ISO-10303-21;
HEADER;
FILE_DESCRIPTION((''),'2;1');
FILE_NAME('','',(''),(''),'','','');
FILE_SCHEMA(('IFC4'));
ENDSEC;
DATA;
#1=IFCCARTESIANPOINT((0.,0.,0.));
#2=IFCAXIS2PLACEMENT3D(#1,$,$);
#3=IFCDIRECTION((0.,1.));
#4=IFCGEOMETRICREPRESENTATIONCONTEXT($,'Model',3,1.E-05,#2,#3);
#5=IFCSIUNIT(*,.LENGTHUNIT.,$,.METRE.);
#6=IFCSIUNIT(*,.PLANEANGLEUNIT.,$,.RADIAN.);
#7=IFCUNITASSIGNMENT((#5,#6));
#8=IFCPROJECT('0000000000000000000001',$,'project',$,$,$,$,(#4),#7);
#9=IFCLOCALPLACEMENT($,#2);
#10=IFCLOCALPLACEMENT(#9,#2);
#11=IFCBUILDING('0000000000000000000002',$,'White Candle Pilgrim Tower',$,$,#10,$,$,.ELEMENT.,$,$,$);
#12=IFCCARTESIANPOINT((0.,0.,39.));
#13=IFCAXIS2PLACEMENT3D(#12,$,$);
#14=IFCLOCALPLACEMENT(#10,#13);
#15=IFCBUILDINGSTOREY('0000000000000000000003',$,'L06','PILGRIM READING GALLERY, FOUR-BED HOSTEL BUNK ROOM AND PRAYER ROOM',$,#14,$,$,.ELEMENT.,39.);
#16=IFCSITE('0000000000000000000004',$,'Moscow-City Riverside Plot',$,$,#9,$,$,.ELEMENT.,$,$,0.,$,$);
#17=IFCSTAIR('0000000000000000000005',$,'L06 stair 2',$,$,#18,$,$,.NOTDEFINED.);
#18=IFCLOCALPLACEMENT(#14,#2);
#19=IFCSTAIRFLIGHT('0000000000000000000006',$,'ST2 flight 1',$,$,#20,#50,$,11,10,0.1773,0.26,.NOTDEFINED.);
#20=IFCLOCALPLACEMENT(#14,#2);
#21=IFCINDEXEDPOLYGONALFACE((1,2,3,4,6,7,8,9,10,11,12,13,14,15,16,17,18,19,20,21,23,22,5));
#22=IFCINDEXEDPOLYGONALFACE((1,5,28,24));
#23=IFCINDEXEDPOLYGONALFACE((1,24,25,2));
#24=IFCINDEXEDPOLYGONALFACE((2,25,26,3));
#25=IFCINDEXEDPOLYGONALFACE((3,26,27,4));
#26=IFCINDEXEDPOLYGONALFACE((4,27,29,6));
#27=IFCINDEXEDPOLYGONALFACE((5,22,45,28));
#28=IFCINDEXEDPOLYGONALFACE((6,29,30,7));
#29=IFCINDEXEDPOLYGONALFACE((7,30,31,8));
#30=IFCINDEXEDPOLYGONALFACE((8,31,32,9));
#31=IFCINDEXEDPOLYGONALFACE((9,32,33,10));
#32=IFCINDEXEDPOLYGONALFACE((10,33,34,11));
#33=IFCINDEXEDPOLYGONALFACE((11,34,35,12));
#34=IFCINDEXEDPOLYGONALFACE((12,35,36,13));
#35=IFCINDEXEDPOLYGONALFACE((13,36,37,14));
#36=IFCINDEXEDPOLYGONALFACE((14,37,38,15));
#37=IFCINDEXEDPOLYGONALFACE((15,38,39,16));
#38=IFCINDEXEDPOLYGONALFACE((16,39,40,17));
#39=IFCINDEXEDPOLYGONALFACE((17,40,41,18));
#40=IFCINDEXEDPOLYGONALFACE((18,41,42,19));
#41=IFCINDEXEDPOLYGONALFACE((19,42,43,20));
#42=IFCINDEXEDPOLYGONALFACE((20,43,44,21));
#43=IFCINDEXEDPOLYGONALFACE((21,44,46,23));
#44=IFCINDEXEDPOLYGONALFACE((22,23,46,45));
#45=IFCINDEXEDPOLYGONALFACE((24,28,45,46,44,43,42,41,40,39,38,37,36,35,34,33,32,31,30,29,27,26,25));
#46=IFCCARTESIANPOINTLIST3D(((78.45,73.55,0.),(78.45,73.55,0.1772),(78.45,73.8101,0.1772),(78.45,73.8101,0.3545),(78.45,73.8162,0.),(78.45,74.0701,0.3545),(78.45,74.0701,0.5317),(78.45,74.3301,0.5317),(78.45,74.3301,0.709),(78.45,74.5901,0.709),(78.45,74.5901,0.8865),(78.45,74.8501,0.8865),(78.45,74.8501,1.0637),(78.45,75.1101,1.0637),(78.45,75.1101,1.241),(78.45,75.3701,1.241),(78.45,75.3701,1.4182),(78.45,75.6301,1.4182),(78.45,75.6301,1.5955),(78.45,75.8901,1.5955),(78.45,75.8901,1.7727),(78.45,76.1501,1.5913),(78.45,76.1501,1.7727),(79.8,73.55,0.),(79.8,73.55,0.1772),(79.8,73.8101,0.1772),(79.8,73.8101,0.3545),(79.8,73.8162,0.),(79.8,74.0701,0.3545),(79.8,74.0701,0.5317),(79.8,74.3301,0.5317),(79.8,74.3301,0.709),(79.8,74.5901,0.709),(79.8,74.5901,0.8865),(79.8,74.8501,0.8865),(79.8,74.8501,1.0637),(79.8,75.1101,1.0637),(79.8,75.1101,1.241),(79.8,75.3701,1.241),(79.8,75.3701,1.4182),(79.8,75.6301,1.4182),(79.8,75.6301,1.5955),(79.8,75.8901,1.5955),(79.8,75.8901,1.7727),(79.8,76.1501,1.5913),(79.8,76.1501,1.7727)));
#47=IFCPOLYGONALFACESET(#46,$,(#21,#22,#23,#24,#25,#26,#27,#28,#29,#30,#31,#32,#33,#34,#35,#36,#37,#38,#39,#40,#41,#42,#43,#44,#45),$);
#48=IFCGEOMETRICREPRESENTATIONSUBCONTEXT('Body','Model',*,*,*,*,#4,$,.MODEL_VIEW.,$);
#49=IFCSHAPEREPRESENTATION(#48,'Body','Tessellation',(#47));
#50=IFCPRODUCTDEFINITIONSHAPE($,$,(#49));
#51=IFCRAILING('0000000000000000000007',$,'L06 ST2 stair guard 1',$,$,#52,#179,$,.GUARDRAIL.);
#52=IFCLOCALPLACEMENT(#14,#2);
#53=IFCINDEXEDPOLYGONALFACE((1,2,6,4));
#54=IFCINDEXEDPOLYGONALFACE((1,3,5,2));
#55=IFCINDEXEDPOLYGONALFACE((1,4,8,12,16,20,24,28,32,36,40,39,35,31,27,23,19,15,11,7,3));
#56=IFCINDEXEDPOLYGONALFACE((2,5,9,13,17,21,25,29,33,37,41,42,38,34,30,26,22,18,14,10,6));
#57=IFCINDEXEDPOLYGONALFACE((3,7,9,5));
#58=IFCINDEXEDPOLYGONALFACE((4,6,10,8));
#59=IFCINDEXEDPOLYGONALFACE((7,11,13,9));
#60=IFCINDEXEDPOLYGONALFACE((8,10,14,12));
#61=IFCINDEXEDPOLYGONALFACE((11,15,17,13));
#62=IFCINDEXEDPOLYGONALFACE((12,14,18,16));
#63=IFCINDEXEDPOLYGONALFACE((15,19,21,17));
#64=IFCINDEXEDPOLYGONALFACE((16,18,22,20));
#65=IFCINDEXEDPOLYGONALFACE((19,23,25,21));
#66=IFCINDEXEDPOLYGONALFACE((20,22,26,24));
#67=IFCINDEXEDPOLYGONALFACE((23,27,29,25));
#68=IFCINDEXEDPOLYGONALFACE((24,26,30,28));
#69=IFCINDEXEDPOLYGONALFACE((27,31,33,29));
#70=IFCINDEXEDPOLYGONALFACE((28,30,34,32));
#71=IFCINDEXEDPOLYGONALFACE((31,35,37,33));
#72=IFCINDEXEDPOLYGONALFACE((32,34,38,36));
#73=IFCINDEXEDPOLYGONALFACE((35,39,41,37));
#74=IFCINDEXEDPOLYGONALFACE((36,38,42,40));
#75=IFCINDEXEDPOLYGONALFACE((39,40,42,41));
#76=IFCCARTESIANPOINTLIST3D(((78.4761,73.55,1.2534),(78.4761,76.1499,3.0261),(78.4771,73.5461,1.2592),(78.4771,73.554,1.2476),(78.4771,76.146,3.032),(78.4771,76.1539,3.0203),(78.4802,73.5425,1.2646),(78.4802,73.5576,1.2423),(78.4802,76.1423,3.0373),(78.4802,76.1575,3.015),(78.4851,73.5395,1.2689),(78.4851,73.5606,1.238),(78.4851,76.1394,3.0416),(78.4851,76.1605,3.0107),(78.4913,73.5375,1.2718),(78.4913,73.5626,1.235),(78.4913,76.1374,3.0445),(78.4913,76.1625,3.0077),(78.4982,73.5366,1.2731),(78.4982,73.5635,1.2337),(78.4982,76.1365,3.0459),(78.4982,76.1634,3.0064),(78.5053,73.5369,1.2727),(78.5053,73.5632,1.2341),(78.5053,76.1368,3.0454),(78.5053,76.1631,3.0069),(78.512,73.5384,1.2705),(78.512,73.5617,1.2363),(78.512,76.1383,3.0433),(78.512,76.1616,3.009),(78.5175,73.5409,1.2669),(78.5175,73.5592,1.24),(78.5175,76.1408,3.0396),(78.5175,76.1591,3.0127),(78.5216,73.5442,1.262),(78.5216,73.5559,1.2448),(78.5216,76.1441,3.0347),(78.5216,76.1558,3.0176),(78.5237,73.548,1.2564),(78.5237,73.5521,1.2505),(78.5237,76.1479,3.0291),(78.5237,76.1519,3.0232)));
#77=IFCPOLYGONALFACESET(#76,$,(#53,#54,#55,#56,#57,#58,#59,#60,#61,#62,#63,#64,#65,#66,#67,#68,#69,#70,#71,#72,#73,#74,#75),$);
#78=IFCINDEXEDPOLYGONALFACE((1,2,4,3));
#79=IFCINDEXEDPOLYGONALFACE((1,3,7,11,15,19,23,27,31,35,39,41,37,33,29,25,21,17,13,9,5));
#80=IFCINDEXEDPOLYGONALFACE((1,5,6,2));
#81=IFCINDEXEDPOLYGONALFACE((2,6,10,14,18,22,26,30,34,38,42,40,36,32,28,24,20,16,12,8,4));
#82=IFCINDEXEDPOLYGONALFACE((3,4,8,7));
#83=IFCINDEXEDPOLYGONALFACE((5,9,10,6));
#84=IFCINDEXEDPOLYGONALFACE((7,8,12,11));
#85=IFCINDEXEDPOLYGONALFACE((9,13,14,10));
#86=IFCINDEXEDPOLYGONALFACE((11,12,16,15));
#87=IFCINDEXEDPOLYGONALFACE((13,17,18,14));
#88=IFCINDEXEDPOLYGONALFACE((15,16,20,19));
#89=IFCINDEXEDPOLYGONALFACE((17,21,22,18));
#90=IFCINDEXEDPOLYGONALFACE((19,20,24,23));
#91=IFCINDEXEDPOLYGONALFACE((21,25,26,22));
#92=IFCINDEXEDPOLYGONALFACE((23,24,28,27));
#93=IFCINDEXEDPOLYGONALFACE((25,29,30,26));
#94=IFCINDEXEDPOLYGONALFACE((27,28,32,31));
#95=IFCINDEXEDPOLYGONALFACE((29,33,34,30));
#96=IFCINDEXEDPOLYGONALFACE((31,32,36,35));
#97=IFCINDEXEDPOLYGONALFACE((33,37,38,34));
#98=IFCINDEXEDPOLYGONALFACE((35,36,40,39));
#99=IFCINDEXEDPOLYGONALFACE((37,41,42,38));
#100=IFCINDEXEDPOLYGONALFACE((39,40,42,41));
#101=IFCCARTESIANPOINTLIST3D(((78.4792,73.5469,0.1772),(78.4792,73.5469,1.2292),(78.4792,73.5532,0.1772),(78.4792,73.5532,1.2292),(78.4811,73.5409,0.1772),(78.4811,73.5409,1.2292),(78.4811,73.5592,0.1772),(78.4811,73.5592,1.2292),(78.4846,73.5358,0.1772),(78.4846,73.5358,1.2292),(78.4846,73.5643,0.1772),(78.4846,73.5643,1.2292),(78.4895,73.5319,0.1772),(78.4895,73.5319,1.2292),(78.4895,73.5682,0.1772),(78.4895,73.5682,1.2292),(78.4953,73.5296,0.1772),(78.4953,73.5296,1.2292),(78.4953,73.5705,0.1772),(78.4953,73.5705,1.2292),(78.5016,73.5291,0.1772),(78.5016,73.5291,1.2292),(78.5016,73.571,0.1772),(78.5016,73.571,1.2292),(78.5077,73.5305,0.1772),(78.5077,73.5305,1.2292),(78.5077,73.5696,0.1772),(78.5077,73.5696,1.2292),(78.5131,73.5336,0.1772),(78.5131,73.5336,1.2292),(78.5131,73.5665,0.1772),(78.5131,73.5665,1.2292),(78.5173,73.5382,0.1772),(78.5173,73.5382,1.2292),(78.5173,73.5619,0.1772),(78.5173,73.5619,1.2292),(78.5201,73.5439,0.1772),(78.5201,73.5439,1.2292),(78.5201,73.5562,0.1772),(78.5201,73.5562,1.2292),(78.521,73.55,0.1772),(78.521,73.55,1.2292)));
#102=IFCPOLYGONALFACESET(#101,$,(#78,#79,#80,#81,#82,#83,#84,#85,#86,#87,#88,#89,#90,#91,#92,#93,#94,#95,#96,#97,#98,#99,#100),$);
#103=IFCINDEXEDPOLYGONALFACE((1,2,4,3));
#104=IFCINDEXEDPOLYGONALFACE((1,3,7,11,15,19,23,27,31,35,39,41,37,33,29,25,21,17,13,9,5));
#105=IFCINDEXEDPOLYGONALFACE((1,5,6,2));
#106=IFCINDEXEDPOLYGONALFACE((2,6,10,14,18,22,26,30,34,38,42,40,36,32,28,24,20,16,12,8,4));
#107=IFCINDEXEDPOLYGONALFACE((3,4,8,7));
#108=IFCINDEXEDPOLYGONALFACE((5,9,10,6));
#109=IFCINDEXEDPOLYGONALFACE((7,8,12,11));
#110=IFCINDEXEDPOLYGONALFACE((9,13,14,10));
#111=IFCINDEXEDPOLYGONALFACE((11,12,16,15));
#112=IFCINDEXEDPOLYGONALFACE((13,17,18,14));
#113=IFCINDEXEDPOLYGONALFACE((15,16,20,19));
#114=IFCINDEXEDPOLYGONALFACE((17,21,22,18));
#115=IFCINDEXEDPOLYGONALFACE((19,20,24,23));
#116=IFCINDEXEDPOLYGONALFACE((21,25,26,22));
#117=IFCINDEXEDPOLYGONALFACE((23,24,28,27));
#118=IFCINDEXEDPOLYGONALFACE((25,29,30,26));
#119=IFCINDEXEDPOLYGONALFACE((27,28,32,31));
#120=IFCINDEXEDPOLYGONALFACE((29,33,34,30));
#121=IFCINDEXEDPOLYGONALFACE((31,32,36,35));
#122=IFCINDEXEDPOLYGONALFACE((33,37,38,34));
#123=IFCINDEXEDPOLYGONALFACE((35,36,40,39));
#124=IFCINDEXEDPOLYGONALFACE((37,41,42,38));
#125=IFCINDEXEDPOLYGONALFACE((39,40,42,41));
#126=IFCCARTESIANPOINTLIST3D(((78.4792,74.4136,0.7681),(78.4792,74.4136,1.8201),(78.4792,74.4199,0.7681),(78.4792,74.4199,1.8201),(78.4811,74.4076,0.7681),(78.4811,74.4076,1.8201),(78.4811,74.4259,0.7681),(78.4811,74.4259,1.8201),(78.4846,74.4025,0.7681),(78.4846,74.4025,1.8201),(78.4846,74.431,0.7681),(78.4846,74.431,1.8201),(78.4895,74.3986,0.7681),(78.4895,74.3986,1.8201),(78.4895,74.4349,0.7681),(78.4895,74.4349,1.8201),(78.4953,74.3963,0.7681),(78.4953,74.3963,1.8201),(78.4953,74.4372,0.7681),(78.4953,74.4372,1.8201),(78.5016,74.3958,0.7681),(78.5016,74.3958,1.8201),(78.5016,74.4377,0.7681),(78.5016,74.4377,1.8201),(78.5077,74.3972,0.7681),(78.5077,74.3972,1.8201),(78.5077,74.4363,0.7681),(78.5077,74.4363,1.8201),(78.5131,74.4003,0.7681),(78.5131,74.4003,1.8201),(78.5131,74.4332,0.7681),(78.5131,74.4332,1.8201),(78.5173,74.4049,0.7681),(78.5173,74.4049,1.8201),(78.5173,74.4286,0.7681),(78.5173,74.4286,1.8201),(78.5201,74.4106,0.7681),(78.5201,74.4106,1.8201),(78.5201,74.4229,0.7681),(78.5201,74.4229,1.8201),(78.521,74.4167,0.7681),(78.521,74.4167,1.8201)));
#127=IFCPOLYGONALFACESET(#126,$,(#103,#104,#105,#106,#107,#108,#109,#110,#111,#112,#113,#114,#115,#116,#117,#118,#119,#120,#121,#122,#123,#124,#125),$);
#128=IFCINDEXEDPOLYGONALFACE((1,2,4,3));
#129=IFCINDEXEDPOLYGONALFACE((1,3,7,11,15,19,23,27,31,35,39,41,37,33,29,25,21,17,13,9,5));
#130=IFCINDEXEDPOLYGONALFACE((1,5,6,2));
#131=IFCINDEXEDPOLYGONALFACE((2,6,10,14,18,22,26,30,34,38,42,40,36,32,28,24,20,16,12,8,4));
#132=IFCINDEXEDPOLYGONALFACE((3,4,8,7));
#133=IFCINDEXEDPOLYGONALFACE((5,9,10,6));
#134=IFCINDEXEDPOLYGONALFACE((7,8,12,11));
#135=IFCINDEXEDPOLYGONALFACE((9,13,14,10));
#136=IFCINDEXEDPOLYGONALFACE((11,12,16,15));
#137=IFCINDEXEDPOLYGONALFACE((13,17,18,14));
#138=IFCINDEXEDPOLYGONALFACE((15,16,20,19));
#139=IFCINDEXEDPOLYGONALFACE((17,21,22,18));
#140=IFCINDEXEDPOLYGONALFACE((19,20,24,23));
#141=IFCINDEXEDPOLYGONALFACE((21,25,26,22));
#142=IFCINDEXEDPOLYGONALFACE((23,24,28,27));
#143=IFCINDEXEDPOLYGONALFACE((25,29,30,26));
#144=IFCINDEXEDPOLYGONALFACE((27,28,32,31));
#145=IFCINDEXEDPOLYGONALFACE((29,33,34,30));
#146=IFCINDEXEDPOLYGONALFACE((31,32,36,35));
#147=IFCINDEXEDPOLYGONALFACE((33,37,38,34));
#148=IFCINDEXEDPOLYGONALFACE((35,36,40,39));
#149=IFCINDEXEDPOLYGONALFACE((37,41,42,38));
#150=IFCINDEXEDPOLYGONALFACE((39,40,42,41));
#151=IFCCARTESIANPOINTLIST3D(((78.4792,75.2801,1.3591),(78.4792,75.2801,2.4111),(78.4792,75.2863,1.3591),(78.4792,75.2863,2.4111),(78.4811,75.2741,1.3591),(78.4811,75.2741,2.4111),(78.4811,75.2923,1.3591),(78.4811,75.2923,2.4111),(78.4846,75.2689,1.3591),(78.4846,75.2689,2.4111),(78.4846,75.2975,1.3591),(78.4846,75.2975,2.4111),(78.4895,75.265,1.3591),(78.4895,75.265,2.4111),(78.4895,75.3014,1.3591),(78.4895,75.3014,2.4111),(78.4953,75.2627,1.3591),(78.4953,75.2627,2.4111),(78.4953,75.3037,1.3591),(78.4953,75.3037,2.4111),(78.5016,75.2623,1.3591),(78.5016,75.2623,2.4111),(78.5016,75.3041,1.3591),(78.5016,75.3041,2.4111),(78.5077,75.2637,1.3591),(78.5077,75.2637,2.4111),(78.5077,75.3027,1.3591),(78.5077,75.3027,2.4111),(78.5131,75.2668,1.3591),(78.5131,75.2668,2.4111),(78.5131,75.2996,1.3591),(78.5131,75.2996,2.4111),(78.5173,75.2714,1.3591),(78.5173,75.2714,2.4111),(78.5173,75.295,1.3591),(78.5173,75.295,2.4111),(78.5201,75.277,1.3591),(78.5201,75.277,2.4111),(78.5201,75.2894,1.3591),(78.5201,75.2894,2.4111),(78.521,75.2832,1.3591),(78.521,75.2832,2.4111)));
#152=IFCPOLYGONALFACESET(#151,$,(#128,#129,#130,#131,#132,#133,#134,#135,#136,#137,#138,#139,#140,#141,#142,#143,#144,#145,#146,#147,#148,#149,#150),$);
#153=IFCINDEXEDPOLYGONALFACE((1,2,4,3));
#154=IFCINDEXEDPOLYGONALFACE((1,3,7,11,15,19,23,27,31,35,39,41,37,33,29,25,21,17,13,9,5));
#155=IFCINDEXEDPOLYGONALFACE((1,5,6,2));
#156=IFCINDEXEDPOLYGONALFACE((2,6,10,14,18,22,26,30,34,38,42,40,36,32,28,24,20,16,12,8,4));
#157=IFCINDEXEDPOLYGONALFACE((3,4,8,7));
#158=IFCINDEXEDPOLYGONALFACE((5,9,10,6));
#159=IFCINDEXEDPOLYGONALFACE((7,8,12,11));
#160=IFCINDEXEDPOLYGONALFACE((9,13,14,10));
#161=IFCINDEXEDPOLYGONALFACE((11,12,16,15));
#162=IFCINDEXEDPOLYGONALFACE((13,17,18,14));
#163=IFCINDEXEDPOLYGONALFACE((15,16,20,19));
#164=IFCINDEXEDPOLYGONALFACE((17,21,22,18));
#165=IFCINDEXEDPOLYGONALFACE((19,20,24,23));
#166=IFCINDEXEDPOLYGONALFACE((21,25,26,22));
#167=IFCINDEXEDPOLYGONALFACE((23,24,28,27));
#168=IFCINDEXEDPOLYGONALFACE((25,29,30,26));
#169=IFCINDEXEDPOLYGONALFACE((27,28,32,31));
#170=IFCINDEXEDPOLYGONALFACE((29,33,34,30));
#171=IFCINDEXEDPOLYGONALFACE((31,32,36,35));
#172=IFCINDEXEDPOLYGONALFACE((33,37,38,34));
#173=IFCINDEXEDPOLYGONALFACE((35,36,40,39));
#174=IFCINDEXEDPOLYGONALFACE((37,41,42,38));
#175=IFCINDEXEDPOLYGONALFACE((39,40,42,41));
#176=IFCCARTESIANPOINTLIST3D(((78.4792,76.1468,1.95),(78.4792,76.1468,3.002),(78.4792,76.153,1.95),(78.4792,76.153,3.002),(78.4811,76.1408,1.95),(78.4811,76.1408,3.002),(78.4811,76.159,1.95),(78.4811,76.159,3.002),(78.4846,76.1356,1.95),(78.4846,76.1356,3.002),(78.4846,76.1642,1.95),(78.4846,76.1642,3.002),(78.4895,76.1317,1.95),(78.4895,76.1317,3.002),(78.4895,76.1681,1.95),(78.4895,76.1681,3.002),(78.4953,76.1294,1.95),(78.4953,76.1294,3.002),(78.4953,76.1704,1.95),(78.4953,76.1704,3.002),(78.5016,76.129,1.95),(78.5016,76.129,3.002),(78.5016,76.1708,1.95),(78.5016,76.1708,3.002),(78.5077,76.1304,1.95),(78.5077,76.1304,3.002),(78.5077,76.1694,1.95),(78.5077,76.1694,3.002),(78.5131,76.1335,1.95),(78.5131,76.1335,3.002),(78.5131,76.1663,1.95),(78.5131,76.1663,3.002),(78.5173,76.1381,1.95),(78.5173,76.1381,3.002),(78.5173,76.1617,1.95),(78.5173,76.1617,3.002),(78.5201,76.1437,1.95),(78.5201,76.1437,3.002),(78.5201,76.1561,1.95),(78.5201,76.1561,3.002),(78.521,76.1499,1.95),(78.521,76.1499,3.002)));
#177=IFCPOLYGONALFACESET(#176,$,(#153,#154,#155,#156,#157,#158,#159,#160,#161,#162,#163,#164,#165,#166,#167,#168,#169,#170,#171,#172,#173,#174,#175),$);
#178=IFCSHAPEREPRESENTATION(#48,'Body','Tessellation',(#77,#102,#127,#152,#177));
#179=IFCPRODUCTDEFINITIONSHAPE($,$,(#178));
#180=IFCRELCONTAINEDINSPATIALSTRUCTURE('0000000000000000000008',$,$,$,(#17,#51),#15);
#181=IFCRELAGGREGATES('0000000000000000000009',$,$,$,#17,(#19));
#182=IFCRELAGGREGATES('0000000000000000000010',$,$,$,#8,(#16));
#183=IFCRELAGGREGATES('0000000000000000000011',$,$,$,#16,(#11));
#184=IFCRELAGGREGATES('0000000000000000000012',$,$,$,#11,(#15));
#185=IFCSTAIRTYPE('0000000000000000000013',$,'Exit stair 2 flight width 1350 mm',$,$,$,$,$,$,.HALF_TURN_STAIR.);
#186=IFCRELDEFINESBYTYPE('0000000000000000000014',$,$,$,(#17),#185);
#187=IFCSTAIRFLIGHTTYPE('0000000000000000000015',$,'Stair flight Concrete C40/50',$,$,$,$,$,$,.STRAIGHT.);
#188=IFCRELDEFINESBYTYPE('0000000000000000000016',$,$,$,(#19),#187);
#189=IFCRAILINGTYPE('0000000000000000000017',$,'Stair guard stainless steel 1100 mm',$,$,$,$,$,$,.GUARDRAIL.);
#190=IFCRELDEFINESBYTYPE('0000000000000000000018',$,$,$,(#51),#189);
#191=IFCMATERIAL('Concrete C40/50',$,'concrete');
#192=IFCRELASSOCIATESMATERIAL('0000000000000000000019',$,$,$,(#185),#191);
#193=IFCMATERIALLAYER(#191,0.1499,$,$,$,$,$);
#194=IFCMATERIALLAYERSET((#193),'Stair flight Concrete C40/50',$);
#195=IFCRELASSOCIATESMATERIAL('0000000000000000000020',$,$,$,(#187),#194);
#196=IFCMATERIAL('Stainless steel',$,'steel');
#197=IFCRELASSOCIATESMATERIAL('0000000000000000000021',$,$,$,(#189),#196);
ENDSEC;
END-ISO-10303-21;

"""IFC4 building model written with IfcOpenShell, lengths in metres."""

from ifc_helpers import new_model, si_unit, direction, frame, origin, origin_2d, place, context, subcontext, project, spatial, polyline, circle, outline, extrude, material, layer, layer_set, type_object, element, aggregate, save


model = new_model("IFC4")

# Units and contexts
model_context = context("Model", 3, precision=1e-05, world=origin(), true_north=direction((0.0, 1.0)))
body_context = subcontext(model_context, "Body", "Model", "MODEL_VIEW")
ifc_project = project(units=[si_unit("LENGTHUNIT", "METRE"), si_unit("PLANEANGLEUNIT", "RADIAN")], contexts=[model_context])

# Site, building, storey
site_placement = place(None, origin())
site = spatial("IfcSite", under=ifc_project, at=site_placement, Name="Moscow-City Riverside Plot", CompositionType="ELEMENT", RefElevation=0.0)
building_placement = place(site_placement, origin())
building = spatial("IfcBuilding", under=site, at=building_placement, Name="White Candle Pilgrim Tower", CompositionType="ELEMENT")
storey_placement = place(building_placement, frame((0.0, 0.0, 39.0)))
storey = spatial("IfcBuildingStorey", under=building, at=storey_placement, Name="L06", Description="PILGRIM READING GALLERY, FOUR-BED HOSTEL BUNK ROOM AND PRAYER ROOM", CompositionType="ELEMENT", Elevation=39.0)

# Stair, stair flight
ifc_material_1 = material(Name="Concrete C40/50", Category="concrete")
stair_type = type_object("IfcStairType", Name="Exit stair 2 flight width 1350 mm", PredefinedType="HALF_TURN_STAIR", material=ifc_material_1)
stair_placement = place(storey_placement, origin())
stair = element("IfcStair", 1, at=stair_placement, inside=storey, type_object=stair_type, Name="L06 stair 2", PredefinedType="NOTDEFINED")
ifc_layer_1 = layer(ifc_material_1, 0.1499)
ifc_layer_set_1 = layer_set([ifc_layer_1], Name="Stair flight Concrete C40/50")
stair_flight_type = type_object("IfcStairFlightType", Name="Stair flight Concrete C40/50", PredefinedType="STRAIGHT", material=ifc_layer_set_1)
stair_flight_placement = place(storey_placement, frame((79.125, 73.55, 0.0), z_axis=(0.0, 0.0, 1.0), x_axis=(0.0, 1.0, 0.0)))
stair_flight = element("IfcStairFlight", 2, at=stair_flight_placement, type_object=stair_flight_type, Name="ST2 flight 1", NumberOfRisers=11, NumberOfTreads=10, PredefinedType="NOTDEFINED", RiserHeight=0.1773, TreadLength=0.26, context=body_context, shape_type="SweptSolid", body=[
    extrude(outline(polyline([(0.0, 0.0), (0.0, 0.1772), (0.26, 0.1772), (0.26, 0.3545), (0.52, 0.3545), (0.52, 0.5317), (0.78, 0.5317), (0.78, 0.709), (1.04, 0.709), (1.04, 0.8865), (1.3, 0.8865), (1.3, 1.0637), (1.5601, 1.0637), (1.5601, 1.241), (1.8201, 1.241), (1.8201, 1.4182), (2.0801, 1.4182), (2.0801, 1.5955), (2.3401, 1.5955), (2.3401, 1.7727), (2.6001, 1.7727), (2.6001, 1.95), (2.6001, 1.5913), (0.2661, 0.0), (0.0, 0.0)])), frame((0.0, 0.675, 0.0), z_axis=(0.0, -1.0, 0.0), x_axis=(1.0, 0.0, 0.0)), (0.0, 0.0, 1.0), 1.3501),
])
aggregate(stair, [stair_flight])

# Railing
ifc_material_2 = material(Name="Stainless steel", Category="steel")
railing_type = type_object("IfcRailingType", Name="Stair guard stainless steel 1100 mm", PredefinedType="GUARDRAIL", material=ifc_material_2)
railing_1_placement = place(storey_placement, frame((78.5, 73.55, 0.1772)))
element("IfcRailing", 3, at=railing_1_placement, inside=storey, type_object=railing_type, Name="L06 ST2 stair guard 1", PredefinedType="GUARDRAIL", context=body_context, shape_type="SweptSolid", body=[
    extrude(circle(Radius=0.0239, at=origin_2d()), frame((0.0, 0.0, 1.0762), z_axis=(0.0, 0.826216, 0.563354), x_axis=(-1.0, 0.0, 0.0)), (0.0, 0.0, 1.0), 3.1467),
    extrude(circle(Radius=0.021, at=origin_2d()), origin(), (0.0, 0.0, 1.0), 1.052),
    extrude(circle(Radius=0.021, at=origin_2d()), frame((0.0, 0.8667, 0.5908)), (0.0, 0.0, 1.0), 1.052),
    extrude(circle(Radius=0.021, at=origin_2d()), frame((0.0, 1.7332, 1.1819)), (0.0, 0.0, 1.0), 1.052),
    extrude(circle(Radius=0.021, at=origin_2d()), frame((0.0, 2.5999, 1.7727)), (0.0, 0.0, 1.0), 1.052),
])

save(model, "model.ifc")
